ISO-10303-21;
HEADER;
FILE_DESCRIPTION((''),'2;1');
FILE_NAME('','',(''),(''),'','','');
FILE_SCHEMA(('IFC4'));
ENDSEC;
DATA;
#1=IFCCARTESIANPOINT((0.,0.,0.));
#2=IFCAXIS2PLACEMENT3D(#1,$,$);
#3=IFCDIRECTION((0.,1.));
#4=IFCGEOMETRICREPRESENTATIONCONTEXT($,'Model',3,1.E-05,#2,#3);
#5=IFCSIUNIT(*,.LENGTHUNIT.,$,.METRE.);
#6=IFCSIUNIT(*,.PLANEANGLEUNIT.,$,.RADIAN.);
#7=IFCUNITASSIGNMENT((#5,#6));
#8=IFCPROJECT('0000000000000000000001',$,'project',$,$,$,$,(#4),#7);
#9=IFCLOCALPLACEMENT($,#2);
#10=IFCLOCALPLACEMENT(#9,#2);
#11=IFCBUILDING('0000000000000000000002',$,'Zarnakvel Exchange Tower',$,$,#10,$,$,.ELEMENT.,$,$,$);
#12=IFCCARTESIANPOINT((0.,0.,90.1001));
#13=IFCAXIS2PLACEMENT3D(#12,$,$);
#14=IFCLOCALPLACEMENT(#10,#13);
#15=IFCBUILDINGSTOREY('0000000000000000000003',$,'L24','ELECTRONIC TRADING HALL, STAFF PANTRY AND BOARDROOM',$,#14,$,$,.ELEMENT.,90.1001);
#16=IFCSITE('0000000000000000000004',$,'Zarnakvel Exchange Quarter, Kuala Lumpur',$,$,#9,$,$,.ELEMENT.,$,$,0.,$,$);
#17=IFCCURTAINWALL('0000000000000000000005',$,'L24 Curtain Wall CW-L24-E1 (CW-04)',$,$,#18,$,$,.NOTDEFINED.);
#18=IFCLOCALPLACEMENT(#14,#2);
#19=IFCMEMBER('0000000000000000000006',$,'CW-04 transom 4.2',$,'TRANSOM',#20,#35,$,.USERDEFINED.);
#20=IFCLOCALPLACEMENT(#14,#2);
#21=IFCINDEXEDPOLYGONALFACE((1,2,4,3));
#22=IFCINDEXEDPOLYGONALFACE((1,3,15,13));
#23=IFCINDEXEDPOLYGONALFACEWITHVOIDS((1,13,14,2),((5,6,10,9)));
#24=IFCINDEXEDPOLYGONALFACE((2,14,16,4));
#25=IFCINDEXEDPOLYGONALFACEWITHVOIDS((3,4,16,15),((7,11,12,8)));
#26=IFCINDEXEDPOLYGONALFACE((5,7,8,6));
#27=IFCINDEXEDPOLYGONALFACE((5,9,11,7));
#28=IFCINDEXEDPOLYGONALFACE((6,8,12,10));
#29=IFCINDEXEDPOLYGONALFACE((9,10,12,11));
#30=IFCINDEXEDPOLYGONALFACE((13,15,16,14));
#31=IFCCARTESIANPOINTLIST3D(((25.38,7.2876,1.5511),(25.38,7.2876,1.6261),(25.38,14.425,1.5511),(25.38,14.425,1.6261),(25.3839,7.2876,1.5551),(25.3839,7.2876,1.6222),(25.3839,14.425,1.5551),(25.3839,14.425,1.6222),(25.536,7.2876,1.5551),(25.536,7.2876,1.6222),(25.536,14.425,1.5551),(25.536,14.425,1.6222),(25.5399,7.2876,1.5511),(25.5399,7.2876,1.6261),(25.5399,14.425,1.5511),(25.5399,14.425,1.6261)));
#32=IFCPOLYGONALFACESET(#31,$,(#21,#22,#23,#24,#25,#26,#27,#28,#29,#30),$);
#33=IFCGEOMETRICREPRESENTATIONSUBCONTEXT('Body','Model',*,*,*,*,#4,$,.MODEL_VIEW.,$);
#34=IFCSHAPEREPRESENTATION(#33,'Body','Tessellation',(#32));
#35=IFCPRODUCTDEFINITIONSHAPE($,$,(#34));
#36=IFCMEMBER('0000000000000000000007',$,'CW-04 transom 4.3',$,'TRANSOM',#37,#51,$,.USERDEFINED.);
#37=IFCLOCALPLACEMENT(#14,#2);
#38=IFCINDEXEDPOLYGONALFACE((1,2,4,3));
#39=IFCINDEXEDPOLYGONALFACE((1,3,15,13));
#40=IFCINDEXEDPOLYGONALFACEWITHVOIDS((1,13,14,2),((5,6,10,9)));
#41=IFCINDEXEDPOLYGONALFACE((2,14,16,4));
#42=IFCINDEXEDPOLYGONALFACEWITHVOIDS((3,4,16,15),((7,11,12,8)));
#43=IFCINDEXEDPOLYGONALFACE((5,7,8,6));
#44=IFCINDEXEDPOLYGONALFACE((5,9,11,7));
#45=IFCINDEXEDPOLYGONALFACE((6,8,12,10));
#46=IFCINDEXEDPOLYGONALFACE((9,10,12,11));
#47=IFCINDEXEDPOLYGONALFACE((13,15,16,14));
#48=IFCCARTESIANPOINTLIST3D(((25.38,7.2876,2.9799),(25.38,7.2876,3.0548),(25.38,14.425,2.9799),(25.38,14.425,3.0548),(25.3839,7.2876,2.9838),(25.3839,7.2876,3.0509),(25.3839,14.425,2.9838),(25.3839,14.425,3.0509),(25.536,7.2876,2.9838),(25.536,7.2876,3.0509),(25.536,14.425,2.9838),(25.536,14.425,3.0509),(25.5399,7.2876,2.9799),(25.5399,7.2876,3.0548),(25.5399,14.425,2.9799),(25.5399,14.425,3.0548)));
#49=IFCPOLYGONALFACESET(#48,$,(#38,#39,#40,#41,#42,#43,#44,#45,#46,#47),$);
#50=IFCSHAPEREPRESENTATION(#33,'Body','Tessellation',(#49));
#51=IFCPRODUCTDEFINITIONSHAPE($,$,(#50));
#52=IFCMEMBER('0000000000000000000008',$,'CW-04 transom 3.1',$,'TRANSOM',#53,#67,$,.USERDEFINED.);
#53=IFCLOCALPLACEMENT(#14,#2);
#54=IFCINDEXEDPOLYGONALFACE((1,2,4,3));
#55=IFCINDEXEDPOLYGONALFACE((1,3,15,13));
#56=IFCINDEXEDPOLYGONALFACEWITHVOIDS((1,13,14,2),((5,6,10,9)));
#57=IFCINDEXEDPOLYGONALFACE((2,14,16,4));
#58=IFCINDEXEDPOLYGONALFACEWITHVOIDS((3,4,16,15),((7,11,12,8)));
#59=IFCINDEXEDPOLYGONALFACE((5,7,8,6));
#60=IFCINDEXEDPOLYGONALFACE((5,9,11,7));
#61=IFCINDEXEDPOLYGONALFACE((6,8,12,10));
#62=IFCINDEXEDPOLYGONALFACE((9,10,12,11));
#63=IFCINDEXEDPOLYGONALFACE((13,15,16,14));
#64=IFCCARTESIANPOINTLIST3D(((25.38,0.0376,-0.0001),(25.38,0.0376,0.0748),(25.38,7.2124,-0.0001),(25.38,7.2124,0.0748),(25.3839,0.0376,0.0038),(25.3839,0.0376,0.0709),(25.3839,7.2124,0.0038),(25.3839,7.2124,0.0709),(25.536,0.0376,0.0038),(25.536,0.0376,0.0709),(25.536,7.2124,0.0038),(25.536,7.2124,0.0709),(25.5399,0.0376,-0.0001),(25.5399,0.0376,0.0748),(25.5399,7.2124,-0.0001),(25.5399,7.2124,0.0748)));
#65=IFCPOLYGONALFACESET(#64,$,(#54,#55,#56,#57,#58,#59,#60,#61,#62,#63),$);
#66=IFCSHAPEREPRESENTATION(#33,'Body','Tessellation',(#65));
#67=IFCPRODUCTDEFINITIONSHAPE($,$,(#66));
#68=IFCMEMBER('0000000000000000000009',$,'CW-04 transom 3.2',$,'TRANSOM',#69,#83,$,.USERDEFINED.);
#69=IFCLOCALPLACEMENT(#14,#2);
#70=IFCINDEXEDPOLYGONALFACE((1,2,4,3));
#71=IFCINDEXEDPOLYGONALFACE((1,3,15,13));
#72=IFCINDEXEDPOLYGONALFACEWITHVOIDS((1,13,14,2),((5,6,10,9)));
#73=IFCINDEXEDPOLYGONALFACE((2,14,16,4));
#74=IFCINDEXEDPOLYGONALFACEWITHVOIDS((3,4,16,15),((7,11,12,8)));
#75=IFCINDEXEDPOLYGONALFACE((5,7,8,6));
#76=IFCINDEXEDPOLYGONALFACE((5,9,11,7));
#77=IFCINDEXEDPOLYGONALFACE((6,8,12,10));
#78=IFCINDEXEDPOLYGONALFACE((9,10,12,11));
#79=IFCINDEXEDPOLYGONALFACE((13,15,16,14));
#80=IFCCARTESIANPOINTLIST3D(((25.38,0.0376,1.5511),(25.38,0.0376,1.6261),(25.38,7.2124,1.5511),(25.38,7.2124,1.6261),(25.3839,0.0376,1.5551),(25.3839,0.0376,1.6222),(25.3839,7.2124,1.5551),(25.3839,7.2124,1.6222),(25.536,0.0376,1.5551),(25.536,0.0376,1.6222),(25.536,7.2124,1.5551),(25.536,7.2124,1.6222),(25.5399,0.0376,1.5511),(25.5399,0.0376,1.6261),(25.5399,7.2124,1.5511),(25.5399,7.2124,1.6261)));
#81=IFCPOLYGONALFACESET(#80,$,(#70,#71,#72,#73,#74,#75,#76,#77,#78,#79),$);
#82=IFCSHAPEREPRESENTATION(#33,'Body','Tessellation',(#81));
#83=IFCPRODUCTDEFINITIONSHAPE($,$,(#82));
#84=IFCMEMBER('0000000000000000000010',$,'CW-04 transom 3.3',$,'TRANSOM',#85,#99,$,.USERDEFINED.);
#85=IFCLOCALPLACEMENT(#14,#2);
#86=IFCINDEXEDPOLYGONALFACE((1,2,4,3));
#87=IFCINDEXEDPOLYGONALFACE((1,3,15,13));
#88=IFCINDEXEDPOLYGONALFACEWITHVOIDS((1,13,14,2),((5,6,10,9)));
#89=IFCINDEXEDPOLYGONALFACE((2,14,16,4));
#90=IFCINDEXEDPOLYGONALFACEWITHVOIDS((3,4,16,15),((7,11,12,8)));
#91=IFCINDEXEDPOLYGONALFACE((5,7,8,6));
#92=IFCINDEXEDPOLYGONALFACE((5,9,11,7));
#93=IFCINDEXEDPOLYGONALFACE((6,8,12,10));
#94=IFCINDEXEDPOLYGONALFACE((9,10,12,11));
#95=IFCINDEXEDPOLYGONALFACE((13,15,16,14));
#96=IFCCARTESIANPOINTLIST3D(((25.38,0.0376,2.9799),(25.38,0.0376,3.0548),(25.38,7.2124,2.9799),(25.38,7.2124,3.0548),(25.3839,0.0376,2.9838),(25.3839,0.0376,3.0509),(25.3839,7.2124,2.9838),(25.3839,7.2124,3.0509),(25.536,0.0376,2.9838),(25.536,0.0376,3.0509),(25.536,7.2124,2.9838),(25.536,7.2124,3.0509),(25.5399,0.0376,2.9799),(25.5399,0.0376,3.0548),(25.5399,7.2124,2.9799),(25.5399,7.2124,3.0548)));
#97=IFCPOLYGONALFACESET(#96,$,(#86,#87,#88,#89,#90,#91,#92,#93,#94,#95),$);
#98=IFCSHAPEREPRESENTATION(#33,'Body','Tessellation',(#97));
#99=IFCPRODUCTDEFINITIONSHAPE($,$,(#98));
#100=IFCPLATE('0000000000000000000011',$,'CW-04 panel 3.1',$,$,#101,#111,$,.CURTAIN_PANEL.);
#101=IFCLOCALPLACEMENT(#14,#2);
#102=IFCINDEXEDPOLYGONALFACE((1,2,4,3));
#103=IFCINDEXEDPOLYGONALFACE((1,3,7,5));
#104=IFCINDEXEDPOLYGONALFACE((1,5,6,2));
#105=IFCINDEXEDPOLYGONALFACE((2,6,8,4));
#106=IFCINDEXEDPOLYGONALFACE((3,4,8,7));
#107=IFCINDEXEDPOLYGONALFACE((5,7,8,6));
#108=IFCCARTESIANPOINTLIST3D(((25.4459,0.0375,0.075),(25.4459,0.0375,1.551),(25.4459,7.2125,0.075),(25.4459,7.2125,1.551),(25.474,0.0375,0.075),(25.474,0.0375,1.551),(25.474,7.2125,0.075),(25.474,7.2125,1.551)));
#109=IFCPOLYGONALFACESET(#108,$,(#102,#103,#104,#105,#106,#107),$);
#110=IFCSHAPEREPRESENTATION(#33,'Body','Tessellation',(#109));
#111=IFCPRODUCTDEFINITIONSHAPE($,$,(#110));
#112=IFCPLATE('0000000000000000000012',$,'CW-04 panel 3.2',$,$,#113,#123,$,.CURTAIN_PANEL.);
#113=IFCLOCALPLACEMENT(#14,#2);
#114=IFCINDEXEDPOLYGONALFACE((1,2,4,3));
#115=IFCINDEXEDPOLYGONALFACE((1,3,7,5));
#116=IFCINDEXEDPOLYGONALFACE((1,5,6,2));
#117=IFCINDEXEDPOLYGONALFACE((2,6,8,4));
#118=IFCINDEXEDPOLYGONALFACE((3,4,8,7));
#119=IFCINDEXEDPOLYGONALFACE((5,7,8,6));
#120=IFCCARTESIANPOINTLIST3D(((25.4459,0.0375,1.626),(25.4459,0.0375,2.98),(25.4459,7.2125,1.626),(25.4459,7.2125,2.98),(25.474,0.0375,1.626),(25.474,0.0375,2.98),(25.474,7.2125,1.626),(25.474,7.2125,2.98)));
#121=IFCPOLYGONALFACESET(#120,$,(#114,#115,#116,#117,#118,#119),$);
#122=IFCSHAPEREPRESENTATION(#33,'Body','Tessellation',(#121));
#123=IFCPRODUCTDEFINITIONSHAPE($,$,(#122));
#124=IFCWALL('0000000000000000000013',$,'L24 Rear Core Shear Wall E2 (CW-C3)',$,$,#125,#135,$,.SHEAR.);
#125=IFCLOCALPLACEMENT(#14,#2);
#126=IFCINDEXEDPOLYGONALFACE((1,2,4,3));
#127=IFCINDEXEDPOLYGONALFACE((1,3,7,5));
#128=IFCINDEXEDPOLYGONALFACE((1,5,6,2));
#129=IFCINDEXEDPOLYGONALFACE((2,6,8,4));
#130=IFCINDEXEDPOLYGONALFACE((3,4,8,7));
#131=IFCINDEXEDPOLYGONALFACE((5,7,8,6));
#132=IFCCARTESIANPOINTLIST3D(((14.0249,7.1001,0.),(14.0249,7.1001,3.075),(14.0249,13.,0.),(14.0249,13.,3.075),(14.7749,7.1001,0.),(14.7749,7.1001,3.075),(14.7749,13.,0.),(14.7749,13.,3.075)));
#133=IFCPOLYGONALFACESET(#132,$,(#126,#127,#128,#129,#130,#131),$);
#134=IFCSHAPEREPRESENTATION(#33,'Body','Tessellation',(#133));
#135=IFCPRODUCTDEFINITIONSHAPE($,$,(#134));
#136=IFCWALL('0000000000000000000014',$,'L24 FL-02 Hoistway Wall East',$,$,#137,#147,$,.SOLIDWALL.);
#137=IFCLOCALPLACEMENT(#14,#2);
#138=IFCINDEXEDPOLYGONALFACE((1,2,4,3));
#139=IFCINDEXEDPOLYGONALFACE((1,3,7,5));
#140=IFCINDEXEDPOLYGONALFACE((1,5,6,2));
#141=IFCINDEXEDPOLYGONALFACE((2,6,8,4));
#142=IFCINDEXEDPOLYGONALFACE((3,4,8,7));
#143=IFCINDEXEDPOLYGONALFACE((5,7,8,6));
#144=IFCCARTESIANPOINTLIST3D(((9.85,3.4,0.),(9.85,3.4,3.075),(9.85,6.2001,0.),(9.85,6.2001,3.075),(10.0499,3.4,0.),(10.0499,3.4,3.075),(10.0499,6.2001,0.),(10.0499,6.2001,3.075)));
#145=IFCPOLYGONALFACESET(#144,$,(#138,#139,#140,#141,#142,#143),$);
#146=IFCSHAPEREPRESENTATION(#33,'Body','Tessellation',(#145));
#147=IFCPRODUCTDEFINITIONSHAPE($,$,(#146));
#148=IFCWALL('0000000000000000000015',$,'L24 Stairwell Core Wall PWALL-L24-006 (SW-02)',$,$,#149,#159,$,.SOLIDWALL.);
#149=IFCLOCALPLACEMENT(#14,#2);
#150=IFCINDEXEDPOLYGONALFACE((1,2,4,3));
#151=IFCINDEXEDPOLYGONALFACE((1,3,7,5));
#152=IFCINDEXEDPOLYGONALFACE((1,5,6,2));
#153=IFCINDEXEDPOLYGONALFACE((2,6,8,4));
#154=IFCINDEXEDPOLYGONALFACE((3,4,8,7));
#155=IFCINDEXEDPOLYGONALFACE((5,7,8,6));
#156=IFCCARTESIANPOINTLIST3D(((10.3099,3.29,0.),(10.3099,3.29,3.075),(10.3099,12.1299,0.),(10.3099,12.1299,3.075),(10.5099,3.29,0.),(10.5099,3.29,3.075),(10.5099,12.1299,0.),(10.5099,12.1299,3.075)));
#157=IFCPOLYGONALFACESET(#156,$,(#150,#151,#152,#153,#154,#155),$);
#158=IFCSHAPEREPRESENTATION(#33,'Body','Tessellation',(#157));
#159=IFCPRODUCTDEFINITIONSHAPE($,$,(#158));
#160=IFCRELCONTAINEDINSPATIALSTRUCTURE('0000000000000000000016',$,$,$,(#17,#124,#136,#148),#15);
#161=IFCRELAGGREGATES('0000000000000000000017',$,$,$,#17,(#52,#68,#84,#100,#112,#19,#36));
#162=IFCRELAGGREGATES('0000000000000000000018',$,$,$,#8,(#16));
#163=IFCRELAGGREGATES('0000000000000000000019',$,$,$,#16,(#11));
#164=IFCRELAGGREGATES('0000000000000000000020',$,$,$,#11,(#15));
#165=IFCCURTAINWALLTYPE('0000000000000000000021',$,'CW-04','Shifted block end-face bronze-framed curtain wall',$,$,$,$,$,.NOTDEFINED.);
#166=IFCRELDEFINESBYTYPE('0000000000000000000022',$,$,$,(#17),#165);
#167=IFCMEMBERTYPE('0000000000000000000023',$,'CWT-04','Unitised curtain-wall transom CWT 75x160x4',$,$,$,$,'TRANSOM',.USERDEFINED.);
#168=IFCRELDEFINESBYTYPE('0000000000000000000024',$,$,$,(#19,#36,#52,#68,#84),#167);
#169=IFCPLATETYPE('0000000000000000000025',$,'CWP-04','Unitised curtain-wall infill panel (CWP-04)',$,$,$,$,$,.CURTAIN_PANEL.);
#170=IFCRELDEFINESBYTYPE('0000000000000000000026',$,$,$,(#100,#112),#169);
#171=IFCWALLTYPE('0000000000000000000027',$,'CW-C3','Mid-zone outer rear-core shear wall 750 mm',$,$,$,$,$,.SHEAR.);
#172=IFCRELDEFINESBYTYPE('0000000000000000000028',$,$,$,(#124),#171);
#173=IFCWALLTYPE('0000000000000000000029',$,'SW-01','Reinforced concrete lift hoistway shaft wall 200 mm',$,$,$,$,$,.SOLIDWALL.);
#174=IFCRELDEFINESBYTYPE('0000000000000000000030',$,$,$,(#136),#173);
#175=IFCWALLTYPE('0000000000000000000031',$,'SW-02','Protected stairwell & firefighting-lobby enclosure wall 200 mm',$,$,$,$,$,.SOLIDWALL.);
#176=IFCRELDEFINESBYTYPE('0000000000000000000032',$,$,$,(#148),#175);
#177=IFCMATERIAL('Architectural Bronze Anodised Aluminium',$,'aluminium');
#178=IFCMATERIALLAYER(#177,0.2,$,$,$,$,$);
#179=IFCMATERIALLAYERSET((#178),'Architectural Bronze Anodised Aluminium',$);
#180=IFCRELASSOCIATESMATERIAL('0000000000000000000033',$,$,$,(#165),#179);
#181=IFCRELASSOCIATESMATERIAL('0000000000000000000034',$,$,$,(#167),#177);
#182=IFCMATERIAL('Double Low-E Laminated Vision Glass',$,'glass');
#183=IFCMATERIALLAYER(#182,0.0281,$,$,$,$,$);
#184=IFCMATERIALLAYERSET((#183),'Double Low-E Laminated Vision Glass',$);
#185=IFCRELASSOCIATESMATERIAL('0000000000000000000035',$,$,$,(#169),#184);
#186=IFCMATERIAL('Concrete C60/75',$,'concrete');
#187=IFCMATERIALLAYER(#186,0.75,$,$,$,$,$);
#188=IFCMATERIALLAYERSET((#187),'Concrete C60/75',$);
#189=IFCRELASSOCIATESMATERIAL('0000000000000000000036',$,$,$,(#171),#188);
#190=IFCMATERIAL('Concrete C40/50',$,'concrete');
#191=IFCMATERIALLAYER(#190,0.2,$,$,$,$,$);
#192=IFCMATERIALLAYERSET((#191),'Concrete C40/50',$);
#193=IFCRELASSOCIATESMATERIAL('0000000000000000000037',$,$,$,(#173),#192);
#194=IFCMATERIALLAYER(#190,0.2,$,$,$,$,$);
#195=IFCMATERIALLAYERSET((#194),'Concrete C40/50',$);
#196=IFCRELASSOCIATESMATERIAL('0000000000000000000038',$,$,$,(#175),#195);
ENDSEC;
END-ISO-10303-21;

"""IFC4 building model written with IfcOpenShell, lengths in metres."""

from ifc_helpers import new_model, si_unit, direction, frame, frame_2d, origin, origin_2d, place, context, subcontext, project, spatial, rectangle, hollow_rectangle, extrude, source, transform, mapped, material, layer, layer_set, material_profile, profile_set, type_object, element, aggregate, save


model = new_model("IFC4")

# Units and contexts
model_context = context("Model", 3, precision=1e-05, world=origin(), true_north=direction((0.0, 1.0)))
body_context = subcontext(model_context, "Body", "Model", "MODEL_VIEW")
ifc_project = project(units=[si_unit("LENGTHUNIT", "METRE"), si_unit("PLANEANGLEUNIT", "RADIAN")], contexts=[model_context])

# Site, building, storey
site_placement = place(None, origin())
site = spatial("IfcSite", under=ifc_project, at=site_placement, Name="Zarnakvel Exchange Quarter, Kuala Lumpur", CompositionType="ELEMENT", RefElevation=0.0)
building_placement = place(site_placement, origin())
building = spatial("IfcBuilding", under=site, at=building_placement, Name="Zarnakvel Exchange Tower", CompositionType="ELEMENT")
storey_placement = place(building_placement, frame((0.0, 0.0, 90.1001)))
storey = spatial("IfcBuildingStorey", under=building, at=storey_placement, Name="L24", Description="ELECTRONIC TRADING HALL, STAFF PANTRY AND BOARDROOM", CompositionType="ELEMENT", Elevation=90.1001)

# Shared definitions
ifc_material_1 = material(Name="Concrete C60/75", Category="concrete")

# Curtain wall, members, plates
ifc_material_2 = material(Name="Architectural Bronze Anodised Aluminium", Category="aluminium")
ifc_layer_1 = layer(ifc_material_2, 0.2)
ifc_layer_set_1 = layer_set([ifc_layer_1], Name="Architectural Bronze Anodised Aluminium")
curtain_wall_type = type_object("IfcCurtainWallType", Name="CW-04", Description="Shifted block end-face bronze-framed curtain wall", PredefinedType="NOTDEFINED", material=ifc_layer_set_1)
curtain_wall_placement = place(storey_placement, origin())
curtain_wall = element("IfcCurtainWall", 1, at=curtain_wall_placement, inside=storey, type_object=curtain_wall_type, Name="L24 Curtain Wall CW-L24-E1 (CW-04)", PredefinedType="NOTDEFINED")
ifc_material_profile_1 = material_profile(ifc_material_2, hollow_rectangle(XDim=0.1599, YDim=0.075, WallThickness=0.0039, at=origin_2d()))
ifc_profile_set_1 = profile_set([ifc_material_profile_1], Name="Architectural Bronze Anodised Aluminium")
member_type_1 = type_object("IfcMemberType", Name="CWT-04", Description="Unitised curtain-wall transom CWT 75x160x4", ElementType="TRANSOM", PredefinedType="USERDEFINED", material=ifc_profile_set_1)
shared_shape_1 = source(origin(), body_context, "Body", "SweptSolid", [
    extrude(hollow_rectangle(XDim=0.1599, YDim=0.075, WallThickness=0.0039, at=origin_2d()), origin(), (0.0, 0.0, 1.0), 7.1375),
])
member_1_placement = place(storey_placement, frame((25.46, 7.2876, 1.5886), z_axis=(0.0, 1.0, 0.0), x_axis=(-1.0, 0.0, 0.0)))
member_1 = element("IfcMember", 2, at=member_1_placement, type_object=member_type_1, Name="CW-04 transom 4.2", ObjectType="TRANSOM", PredefinedType="USERDEFINED", context=body_context, shape_type="MappedRepresentation", body=[
    mapped(shared_shape_1, transform((0.0, 0.0, 0.0), x_axis=(1.0, 0.0, 0.0), y_axis=(0.0, 1.0, 0.0), z_axis=(0.0, 0.0, 1.0), scale=1.0)),
])
member_2_placement = place(storey_placement, frame((25.46, 7.2876, 3.0173), z_axis=(0.0, 1.0, 0.0), x_axis=(-1.0, 0.0, 0.0)))
member_2 = element("IfcMember", 3, at=member_2_placement, type_object=member_type_1, Name="CW-04 transom 4.3", ObjectType="TRANSOM", PredefinedType="USERDEFINED", context=body_context, shape_type="MappedRepresentation", body=[
    mapped(shared_shape_1, transform((0.0, 0.0, 0.0), x_axis=(1.0, 0.0, 0.0), y_axis=(0.0, 1.0, 0.0), z_axis=(0.0, 0.0, 1.0), scale=1.0)),
])
shared_shape_2 = source(origin(), body_context, "Body", "SweptSolid", [
    extrude(hollow_rectangle(XDim=0.1599, YDim=0.075, WallThickness=0.0039, at=origin_2d()), origin(), (0.0, 0.0, 1.0), 7.1748),
])
member_3_placement = place(storey_placement, frame((25.46, 0.0376, 0.0374), z_axis=(0.0, 1.0, 0.0), x_axis=(-1.0, 0.0, 0.0)))
member_3 = element("IfcMember", 4, at=member_3_placement, type_object=member_type_1, Name="CW-04 transom 3.1", ObjectType="TRANSOM", PredefinedType="USERDEFINED", context=body_context, shape_type="MappedRepresentation", body=[
    mapped(shared_shape_2, transform((0.0, 0.0, 0.0), x_axis=(1.0, 0.0, 0.0), y_axis=(0.0, 1.0, 0.0), z_axis=(0.0, 0.0, 1.0), scale=1.0)),
])
member_4_placement = place(storey_placement, frame((25.46, 0.0376, 1.5886), z_axis=(0.0, 1.0, 0.0), x_axis=(-1.0, 0.0, 0.0)))
member_4 = element("IfcMember", 5, at=member_4_placement, type_object=member_type_1, Name="CW-04 transom 3.2", ObjectType="TRANSOM", PredefinedType="USERDEFINED", context=body_context, shape_type="MappedRepresentation", body=[
    mapped(shared_shape_2, transform((0.0, 0.0, 0.0), x_axis=(1.0, 0.0, 0.0), y_axis=(0.0, 1.0, 0.0), z_axis=(0.0, 0.0, 1.0), scale=1.0)),
])
member_5_placement = place(storey_placement, frame((25.46, 0.0376, 3.0173), z_axis=(0.0, 1.0, 0.0), x_axis=(-1.0, 0.0, 0.0)))
member_5 = element("IfcMember", 6, at=member_5_placement, type_object=member_type_1, Name="CW-04 transom 3.3", ObjectType="TRANSOM", PredefinedType="USERDEFINED", context=body_context, shape_type="MappedRepresentation", body=[
    mapped(shared_shape_2, transform((0.0, 0.0, 0.0), x_axis=(1.0, 0.0, 0.0), y_axis=(0.0, 1.0, 0.0), z_axis=(0.0, 0.0, 1.0), scale=1.0)),
])
ifc_material_3 = material(Name="Double Low-E Laminated Vision Glass", Category="glass")
ifc_layer_2 = layer(ifc_material_3, 0.0281)
ifc_layer_set_2 = layer_set([ifc_layer_2], Name="Double Low-E Laminated Vision Glass")
plate_type = type_object("IfcPlateType", Name="CWP-04", Description="Unitised curtain-wall infill panel (CWP-04)", PredefinedType="CURTAIN_PANEL", material=ifc_layer_set_2)
shared_shape_3 = source(origin(), body_context, "Body", "SweptSolid", [
    extrude(rectangle(XDim=7.175, YDim=0.0281, at=origin_2d()), origin(), (0.0, 0.0, 1.0), 1.4761),
])
plate_1_placement = place(storey_placement, frame((25.46, 3.625, 0.075), z_axis=(0.0, 0.0, 1.0), x_axis=(0.0, 1.0, 0.0)))
plate_1 = element("IfcPlate", 7, at=plate_1_placement, type_object=plate_type, Name="CW-04 panel 3.1", PredefinedType="CURTAIN_PANEL", context=body_context, shape_type="MappedRepresentation", body=[
    mapped(shared_shape_3, transform((0.0, 0.0, 0.0), x_axis=(1.0, 0.0, 0.0), y_axis=(0.0, 1.0, 0.0), z_axis=(0.0, 0.0, 1.0), scale=1.0)),
])
shared_shape_4 = source(origin(), body_context, "Body", "SweptSolid", [
    extrude(rectangle(XDim=7.175, YDim=0.0281, at=origin_2d()), origin(), (0.0, 0.0, 1.0), 1.354),
])
plate_2_placement = place(storey_placement, frame((25.46, 3.625, 1.626), z_axis=(0.0, 0.0, 1.0), x_axis=(0.0, 1.0, 0.0)))
plate_2 = element("IfcPlate", 8, at=plate_2_placement, type_object=plate_type, Name="CW-04 panel 3.2", PredefinedType="CURTAIN_PANEL", context=body_context, shape_type="MappedRepresentation", body=[
    mapped(shared_shape_4, transform((0.0, 0.0, 0.0), x_axis=(1.0, 0.0, 0.0), y_axis=(0.0, 1.0, 0.0), z_axis=(0.0, 0.0, 1.0), scale=1.0)),
])
aggregate(curtain_wall, [member_3, member_4, member_5, plate_1, plate_2, member_1, member_2])

# Walls
ifc_layer_3 = layer(ifc_material_1, 0.75)
ifc_layer_set_3 = layer_set([ifc_layer_3], Name="Concrete C60/75")
wall_type_1 = type_object("IfcWallType", Name="CW-C3", Description="Mid-zone outer rear-core shear wall 750 mm", PredefinedType="SHEAR", material=ifc_layer_set_3)
wall_1_placement = place(storey_placement, frame((14.3999, 7.1001, 0.0), z_axis=(0.0, 0.0, 1.0), x_axis=(0.0, 1.0, 0.0)))
element("IfcWall", 9, at=wall_1_placement, inside=storey, type_object=wall_type_1, Name="L24 Rear Core Shear Wall E2 (CW-C3)", PredefinedType="SHEAR", context=body_context, shape_type="SweptSolid", body=[
    extrude(rectangle(XDim=5.8999, YDim=0.75, at=frame_2d((2.95, 0.0))), origin(), (0.0, 0.0, 1.0), 3.075),
])
ifc_material_4 = material(Name="Concrete C40/50", Category="concrete")
ifc_layer_4 = layer(ifc_material_4, 0.2)
ifc_layer_set_4 = layer_set([ifc_layer_4], Name="Concrete C40/50")
wall_type_2 = type_object("IfcWallType", Name="SW-01", Description="Reinforced concrete lift hoistway shaft wall 200 mm", PredefinedType="SOLIDWALL", material=ifc_layer_set_4)
wall_2_placement = place(storey_placement, frame((9.95, 6.2, 0.0), z_axis=(0.0, 0.0, 1.0), x_axis=(0.0, -1.0, 0.0)))
element("IfcWall", 10, at=wall_2_placement, inside=storey, type_object=wall_type_2, Name="L24 FL-02 Hoistway Wall East", PredefinedType="SOLIDWALL", context=body_context, shape_type="SweptSolid", body=[
    extrude(rectangle(XDim=2.8, YDim=0.2, at=frame_2d((1.3999, 0.0))), origin(), (0.0, 0.0, 1.0), 3.075),
])

# Shared definitions
ifc_layer_5 = layer(ifc_material_4, 0.2)
ifc_layer_set_5 = layer_set([ifc_layer_5], Name="Concrete C40/50")
wall_type_3 = type_object("IfcWallType", Name="SW-02", Description="Protected stairwell & firefighting-lobby enclosure wall 200 mm", PredefinedType="SOLIDWALL", material=ifc_layer_set_5)

# Wall
wall_3_placement = place(storey_placement, frame((10.4099, 3.29, 0.0), z_axis=(0.0, 0.0, 1.0), x_axis=(0.0, 1.0, 0.0)))
element("IfcWall", 11, at=wall_3_placement, inside=storey, type_object=wall_type_3, Name="L24 Stairwell Core Wall PWALL-L24-006 (SW-02)", PredefinedType="SOLIDWALL", context=body_context, shape_type="SweptSolid", body=[
    extrude(rectangle(XDim=8.8398, YDim=0.2, at=frame_2d((4.4199, 0.0))), origin(), (0.0, 0.0, 1.0), 3.075),
])

save(model, "model.ifc")
